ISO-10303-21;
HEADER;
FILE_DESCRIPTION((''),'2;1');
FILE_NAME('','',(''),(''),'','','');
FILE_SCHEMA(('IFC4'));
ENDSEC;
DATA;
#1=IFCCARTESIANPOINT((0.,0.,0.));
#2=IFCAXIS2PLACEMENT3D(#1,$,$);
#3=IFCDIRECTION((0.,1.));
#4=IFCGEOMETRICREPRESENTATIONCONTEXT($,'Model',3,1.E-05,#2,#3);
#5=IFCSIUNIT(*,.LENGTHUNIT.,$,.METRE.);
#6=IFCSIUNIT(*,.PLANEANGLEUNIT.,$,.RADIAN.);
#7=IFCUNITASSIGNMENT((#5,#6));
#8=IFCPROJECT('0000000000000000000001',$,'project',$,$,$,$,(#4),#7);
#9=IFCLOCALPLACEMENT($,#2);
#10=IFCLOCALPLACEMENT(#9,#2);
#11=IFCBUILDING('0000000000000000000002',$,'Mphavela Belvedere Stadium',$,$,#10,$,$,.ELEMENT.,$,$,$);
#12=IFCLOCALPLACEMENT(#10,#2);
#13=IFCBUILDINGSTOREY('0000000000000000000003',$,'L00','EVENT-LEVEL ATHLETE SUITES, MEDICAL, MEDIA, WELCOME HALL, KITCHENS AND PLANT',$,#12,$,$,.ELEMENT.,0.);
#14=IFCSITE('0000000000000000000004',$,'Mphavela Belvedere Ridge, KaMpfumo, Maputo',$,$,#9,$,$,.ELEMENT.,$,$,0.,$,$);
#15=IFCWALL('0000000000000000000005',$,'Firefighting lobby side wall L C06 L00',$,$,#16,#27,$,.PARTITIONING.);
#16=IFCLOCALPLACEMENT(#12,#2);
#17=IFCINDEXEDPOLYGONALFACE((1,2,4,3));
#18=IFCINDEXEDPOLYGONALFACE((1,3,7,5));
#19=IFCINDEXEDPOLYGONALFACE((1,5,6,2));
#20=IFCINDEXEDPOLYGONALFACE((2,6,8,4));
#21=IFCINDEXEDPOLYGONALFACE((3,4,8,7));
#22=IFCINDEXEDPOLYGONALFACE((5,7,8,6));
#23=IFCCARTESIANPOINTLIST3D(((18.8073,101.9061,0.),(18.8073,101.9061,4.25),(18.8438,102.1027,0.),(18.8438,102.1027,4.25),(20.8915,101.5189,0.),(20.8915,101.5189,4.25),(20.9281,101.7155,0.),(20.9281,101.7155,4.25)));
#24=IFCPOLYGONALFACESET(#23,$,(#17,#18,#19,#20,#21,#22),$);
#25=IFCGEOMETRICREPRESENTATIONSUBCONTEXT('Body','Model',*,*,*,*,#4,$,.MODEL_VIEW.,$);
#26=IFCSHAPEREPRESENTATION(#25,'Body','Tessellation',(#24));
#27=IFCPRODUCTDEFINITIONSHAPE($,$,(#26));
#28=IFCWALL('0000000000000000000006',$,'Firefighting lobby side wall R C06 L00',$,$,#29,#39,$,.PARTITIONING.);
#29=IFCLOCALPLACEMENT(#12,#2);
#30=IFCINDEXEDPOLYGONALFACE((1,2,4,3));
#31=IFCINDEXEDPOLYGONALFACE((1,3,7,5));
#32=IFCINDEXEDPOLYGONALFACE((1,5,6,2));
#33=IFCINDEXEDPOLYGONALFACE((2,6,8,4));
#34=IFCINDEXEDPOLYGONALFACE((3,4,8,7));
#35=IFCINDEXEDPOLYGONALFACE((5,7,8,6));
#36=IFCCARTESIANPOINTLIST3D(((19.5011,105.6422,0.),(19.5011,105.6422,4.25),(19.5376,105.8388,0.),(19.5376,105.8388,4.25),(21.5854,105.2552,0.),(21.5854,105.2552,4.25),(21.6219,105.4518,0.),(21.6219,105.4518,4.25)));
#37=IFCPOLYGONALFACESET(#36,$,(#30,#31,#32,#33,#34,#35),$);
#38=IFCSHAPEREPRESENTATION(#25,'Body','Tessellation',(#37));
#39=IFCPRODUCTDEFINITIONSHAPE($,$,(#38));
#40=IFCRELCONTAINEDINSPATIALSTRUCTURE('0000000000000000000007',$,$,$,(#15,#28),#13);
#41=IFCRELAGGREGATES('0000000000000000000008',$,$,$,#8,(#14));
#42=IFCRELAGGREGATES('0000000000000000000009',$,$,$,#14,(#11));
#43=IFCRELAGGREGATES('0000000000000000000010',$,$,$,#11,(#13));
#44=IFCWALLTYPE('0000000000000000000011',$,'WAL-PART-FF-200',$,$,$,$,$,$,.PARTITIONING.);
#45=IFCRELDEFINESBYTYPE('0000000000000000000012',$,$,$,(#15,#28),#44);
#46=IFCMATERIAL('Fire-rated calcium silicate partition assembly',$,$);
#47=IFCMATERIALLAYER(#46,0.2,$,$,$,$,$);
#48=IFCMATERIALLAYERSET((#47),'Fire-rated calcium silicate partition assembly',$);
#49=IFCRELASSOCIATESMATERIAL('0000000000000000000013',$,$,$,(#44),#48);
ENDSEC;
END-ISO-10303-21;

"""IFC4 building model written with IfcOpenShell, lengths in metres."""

from ifc_helpers import new_model, si_unit, direction, frame, frame_2d, origin, place, context, subcontext, project, spatial, rectangle, extrude, material, layer, layer_set, type_object, element, save


model = new_model("IFC4")

# Units and contexts
model_context = context("Model", 3, precision=1e-05, world=origin(), true_north=direction((0.0, 1.0)))
body_context = subcontext(model_context, "Body", "Model", "MODEL_VIEW")
ifc_project = project(units=[si_unit("LENGTHUNIT", "METRE"), si_unit("PLANEANGLEUNIT", "RADIAN")], contexts=[model_context])

# Site, building, storey
site_placement = place(None, origin())
site = spatial("IfcSite", under=ifc_project, at=site_placement, Name="Mphavela Belvedere Ridge, KaMpfumo, Maputo", CompositionType="ELEMENT", RefElevation=0.0)
building_placement = place(site_placement, origin())
building = spatial("IfcBuilding", under=site, at=building_placement, Name="Mphavela Belvedere Stadium", CompositionType="ELEMENT")
storey_placement = place(building_placement, origin())
storey = spatial("IfcBuildingStorey", under=building, at=storey_placement, Name="L00", Description="EVENT-LEVEL ATHLETE SUITES, MEDICAL, MEDIA, WELCOME HALL, KITCHENS AND PLANT", CompositionType="ELEMENT", Elevation=0.0)

# Shared definitions
ifc_material_1 = material(Name="Fire-rated calcium silicate partition assembly")
ifc_layer_1 = layer(ifc_material_1, 0.2)
ifc_layer_set_1 = layer_set([ifc_layer_1], Name="Fire-rated calcium silicate partition assembly")
wall_type_1 = type_object("IfcWallType", Name="WAL-PART-FF-200", PredefinedType="PARTITIONING", material=ifc_layer_set_1)

# Walls
for number, where, z_axis, x_axis, name in (
    (1, (20.9099, 101.6172, 0.0), (0.0, 0.0, 1.0), (-0.983177, 0.182654, 0.0), "Firefighting lobby side wall L C06 L00"),
    (2, (21.6038, 105.3535, 0.0), (0.0, 0.0, 1.0), (-0.983198, 0.182543, 0.0), "Firefighting lobby side wall R C06 L00"),
):
    element("IfcWall", number, at=place(storey_placement, frame(where, z_axis=z_axis, x_axis=x_axis)), inside=storey, type_object=wall_type_1, Name=name, PredefinedType="PARTITIONING", context=body_context, shape_type="SweptSolid", body=[
        extrude(rectangle(XDim=2.1199, YDim=0.2, at=frame_2d((1.0601, 0.0))), origin(), (0.0, 0.0, 1.0), 4.25),
    ])

save(model, "model.ifc")
